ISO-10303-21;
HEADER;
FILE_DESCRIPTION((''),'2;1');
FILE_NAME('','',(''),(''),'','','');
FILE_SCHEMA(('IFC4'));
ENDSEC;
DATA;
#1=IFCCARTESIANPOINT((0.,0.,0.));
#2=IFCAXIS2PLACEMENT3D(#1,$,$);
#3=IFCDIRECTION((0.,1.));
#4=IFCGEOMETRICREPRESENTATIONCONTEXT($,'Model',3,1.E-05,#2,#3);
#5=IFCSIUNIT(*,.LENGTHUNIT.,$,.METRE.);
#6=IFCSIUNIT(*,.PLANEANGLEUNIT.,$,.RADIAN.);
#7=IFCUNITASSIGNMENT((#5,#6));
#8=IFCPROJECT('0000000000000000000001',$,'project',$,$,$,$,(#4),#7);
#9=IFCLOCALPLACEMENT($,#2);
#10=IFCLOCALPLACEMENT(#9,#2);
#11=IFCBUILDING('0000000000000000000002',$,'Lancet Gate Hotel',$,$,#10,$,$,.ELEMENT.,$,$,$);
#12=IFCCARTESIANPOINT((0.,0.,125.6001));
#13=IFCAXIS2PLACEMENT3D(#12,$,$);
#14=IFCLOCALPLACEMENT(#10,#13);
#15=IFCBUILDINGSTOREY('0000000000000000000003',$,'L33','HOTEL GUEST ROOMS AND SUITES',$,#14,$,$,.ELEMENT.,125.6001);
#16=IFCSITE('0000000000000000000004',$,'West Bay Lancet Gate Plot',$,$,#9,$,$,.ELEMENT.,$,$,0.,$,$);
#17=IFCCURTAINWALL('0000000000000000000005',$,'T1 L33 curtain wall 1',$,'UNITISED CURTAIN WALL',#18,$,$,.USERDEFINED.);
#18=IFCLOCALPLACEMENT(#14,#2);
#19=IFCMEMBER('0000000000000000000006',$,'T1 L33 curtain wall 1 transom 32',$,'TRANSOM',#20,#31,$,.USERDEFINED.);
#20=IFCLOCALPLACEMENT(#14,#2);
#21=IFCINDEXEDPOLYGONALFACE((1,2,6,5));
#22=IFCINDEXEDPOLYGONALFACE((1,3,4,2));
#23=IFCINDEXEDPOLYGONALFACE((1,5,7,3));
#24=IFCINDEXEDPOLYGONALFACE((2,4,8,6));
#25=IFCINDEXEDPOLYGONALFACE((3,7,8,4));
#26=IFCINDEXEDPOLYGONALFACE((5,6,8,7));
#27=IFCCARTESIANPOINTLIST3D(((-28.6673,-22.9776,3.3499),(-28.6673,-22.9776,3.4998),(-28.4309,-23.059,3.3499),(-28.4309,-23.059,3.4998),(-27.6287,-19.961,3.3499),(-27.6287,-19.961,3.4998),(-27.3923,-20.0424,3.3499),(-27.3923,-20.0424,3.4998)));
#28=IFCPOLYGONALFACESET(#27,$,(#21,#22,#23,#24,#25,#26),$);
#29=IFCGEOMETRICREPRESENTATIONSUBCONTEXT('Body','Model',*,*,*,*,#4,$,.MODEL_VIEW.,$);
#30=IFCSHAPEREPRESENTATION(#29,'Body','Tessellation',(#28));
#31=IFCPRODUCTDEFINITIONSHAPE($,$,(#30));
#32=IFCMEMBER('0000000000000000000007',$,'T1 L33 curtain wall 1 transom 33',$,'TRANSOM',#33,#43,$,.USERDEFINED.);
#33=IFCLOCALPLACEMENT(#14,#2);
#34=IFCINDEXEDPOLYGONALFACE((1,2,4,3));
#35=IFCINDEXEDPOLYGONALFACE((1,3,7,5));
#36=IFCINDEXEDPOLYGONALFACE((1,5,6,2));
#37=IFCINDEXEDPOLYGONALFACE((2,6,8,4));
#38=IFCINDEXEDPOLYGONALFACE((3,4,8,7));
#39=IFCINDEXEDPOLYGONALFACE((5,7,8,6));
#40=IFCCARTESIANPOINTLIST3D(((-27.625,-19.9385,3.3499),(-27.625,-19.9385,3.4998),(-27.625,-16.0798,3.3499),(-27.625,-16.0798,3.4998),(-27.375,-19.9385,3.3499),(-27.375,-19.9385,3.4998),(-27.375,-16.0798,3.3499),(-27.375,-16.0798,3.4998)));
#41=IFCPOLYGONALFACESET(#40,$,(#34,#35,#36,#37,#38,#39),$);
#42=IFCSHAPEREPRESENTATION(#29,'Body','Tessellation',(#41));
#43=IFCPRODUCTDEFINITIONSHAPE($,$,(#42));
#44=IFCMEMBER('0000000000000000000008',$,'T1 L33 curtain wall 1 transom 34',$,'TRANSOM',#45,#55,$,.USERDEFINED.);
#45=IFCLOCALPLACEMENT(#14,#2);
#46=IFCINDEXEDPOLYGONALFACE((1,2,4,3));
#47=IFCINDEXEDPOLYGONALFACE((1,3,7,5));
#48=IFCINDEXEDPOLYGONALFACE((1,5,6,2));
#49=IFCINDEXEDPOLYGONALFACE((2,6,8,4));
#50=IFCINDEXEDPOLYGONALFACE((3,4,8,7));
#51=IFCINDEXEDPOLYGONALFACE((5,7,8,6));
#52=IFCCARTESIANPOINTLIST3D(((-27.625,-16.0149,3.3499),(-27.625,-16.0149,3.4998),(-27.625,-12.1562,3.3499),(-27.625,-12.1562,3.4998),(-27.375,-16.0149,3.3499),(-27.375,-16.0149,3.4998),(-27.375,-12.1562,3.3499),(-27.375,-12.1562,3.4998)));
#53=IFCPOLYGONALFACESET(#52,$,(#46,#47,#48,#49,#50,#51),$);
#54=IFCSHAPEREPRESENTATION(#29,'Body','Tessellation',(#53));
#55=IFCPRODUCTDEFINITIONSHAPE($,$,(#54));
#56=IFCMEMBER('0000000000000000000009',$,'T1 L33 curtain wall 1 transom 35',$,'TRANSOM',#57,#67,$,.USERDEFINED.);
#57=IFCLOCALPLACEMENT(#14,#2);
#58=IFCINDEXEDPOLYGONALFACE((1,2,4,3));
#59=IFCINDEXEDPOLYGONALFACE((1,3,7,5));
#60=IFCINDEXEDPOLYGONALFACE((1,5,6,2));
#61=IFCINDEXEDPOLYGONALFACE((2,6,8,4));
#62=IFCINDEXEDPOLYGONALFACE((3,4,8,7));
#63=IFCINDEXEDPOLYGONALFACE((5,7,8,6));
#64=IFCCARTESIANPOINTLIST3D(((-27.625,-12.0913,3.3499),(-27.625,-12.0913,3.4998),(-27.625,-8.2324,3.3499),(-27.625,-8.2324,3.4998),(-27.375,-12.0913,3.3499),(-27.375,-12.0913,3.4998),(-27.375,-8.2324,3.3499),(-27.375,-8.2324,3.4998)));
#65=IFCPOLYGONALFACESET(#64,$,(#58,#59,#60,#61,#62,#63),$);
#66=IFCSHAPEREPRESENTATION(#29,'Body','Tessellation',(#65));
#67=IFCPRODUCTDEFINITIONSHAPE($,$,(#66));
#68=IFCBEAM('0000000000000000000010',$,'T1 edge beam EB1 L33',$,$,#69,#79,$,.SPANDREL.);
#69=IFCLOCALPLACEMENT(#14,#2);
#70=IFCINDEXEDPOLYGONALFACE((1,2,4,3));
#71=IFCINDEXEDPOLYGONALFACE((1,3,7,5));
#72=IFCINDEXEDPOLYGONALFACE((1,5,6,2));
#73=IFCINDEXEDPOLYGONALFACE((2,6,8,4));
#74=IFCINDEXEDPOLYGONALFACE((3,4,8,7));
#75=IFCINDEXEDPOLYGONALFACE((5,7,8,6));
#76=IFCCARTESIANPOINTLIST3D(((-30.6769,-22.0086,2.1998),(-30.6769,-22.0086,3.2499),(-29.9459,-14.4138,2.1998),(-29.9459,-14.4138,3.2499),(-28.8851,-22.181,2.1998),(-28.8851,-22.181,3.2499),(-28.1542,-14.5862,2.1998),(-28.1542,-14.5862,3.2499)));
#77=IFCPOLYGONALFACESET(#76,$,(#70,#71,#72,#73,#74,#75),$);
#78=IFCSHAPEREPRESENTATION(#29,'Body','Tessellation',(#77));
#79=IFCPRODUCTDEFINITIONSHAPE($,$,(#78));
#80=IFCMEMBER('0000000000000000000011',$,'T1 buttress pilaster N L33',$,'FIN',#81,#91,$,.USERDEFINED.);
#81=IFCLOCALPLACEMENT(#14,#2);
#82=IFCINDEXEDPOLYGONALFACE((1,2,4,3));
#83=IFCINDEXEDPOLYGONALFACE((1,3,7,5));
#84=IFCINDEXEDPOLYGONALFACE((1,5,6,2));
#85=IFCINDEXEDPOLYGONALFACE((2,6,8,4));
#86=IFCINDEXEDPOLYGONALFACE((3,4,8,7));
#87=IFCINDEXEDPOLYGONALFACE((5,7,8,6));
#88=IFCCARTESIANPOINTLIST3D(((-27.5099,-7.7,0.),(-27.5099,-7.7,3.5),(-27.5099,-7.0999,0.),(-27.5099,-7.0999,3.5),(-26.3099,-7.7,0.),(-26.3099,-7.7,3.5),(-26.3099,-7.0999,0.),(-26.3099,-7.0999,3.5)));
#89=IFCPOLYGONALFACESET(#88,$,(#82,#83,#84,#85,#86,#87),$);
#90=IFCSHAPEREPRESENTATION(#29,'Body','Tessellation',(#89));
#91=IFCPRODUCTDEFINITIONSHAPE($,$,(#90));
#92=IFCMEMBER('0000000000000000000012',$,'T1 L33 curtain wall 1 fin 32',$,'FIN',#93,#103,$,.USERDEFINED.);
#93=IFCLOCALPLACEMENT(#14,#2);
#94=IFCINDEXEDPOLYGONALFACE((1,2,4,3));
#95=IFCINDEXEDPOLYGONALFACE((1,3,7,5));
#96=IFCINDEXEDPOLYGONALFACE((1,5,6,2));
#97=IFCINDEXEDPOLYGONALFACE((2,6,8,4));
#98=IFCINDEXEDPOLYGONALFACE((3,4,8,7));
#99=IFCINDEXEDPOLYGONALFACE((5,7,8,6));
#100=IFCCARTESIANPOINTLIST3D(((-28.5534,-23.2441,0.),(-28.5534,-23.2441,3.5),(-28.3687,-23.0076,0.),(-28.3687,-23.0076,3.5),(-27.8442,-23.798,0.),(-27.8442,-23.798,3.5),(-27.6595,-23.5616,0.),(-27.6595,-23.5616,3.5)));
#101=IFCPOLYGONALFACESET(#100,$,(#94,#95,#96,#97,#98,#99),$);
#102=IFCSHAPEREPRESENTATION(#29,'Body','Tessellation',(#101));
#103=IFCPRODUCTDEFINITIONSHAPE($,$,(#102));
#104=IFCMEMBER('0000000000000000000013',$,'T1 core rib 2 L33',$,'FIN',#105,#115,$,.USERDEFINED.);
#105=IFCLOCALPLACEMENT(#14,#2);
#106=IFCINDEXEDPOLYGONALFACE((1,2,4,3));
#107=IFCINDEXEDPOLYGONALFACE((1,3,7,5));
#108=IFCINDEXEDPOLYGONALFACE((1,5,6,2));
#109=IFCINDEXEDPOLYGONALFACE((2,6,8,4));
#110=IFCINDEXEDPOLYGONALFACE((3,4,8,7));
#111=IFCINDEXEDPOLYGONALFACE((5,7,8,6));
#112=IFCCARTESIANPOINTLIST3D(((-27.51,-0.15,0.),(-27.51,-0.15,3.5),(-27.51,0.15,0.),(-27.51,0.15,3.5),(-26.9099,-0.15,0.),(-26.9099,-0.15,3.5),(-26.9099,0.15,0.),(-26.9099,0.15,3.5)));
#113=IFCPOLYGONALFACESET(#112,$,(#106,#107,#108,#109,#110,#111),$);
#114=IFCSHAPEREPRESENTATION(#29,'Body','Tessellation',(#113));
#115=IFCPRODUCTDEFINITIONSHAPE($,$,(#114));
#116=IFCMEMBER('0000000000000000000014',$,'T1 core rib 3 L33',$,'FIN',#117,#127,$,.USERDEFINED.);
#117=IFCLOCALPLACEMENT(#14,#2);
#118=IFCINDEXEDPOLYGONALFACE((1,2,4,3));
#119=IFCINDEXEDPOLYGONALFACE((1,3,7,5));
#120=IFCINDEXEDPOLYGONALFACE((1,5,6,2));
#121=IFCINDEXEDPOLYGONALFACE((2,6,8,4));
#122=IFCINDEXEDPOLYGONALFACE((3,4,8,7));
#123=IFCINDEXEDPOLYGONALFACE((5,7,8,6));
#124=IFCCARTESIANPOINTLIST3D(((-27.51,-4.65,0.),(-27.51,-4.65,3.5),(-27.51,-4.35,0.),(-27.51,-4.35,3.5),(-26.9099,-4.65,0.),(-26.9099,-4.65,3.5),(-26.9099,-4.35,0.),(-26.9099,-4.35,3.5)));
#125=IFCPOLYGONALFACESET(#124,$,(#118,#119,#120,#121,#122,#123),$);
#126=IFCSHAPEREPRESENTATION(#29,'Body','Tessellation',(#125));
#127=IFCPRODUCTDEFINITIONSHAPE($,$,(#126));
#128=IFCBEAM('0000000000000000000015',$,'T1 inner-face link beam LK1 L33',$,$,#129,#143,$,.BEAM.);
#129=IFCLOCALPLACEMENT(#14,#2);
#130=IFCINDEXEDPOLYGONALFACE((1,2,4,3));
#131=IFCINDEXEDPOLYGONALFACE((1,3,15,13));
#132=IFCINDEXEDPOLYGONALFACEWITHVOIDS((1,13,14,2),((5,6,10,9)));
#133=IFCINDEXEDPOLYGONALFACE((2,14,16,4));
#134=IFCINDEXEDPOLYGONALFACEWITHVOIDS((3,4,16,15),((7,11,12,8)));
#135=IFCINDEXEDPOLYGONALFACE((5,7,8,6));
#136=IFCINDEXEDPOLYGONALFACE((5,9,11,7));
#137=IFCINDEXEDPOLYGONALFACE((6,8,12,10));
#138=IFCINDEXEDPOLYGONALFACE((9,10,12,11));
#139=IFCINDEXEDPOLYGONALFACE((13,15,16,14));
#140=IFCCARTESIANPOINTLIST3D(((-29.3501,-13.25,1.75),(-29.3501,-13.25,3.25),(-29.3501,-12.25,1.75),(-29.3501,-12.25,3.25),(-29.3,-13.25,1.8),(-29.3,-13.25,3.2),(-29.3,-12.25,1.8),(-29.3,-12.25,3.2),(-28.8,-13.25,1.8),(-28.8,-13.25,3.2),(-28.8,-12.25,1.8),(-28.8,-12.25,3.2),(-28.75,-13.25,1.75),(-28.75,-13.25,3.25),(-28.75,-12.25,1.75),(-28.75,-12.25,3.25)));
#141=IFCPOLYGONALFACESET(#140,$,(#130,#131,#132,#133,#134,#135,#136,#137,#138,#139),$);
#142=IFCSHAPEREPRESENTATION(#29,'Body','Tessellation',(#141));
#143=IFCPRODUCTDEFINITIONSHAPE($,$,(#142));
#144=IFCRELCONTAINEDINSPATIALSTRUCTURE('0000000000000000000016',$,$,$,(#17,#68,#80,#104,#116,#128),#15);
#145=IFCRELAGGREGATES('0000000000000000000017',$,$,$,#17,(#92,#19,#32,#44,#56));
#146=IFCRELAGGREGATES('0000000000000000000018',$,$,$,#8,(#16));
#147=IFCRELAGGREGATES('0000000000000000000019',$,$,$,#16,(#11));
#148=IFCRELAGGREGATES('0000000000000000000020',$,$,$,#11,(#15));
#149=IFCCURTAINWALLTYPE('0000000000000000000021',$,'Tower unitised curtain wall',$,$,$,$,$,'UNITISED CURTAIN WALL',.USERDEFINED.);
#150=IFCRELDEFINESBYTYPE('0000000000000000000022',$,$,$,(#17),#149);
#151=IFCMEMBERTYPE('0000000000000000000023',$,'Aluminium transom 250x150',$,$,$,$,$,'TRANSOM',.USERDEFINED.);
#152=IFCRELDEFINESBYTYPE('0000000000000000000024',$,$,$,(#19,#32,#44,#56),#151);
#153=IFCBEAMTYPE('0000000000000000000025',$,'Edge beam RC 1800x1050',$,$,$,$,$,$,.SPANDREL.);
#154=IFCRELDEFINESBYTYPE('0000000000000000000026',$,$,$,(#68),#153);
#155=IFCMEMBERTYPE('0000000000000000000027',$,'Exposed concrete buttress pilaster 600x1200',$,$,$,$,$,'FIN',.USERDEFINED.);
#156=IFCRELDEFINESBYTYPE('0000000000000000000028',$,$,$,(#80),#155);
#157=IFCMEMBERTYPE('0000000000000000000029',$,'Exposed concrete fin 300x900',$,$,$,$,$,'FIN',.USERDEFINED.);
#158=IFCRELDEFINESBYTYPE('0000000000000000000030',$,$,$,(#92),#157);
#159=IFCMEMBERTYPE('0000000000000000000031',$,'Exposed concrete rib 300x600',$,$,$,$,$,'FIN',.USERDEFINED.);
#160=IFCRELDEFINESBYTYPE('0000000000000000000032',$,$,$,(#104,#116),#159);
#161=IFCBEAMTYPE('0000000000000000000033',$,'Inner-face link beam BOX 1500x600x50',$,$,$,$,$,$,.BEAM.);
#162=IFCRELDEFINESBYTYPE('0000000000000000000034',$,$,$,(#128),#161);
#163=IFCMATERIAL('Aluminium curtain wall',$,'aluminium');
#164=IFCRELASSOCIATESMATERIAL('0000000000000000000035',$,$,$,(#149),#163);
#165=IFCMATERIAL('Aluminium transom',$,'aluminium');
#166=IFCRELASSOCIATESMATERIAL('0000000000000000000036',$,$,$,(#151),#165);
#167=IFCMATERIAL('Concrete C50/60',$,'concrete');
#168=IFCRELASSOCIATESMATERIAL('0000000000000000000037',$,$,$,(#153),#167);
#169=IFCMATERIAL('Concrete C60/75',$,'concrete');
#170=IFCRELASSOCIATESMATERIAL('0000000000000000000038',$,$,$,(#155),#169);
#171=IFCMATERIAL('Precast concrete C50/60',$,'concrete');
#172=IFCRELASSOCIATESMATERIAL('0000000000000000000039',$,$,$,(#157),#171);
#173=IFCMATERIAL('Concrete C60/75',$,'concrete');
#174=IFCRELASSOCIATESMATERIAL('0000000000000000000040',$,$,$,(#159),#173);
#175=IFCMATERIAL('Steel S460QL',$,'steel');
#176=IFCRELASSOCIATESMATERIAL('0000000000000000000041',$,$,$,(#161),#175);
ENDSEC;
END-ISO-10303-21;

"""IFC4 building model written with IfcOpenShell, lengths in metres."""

from ifc_helpers import new_model, si_unit, direction, frame, origin, origin_2d, place, context, subcontext, project, spatial, rectangle, hollow_rectangle, extrude, material, material_profile, profile_set, type_object, element, aggregate, save


model = new_model("IFC4")

# Units and contexts
model_context = context("Model", 3, precision=1e-05, world=origin(), true_north=direction((0.0, 1.0)))
body_context = subcontext(model_context, "Body", "Model", "MODEL_VIEW")
ifc_project = project(units=[si_unit("LENGTHUNIT", "METRE"), si_unit("PLANEANGLEUNIT", "RADIAN")], contexts=[model_context])

# Site, building, storey
site_placement = place(None, origin())
site = spatial("IfcSite", under=ifc_project, at=site_placement, Name="West Bay Lancet Gate Plot", CompositionType="ELEMENT", RefElevation=0.0)
building_placement = place(site_placement, origin())
building = spatial("IfcBuilding", under=site, at=building_placement, Name="Lancet Gate Hotel", CompositionType="ELEMENT")
storey_placement = place(building_placement, frame((0.0, 0.0, 125.6001)))
storey = spatial("IfcBuildingStorey", under=building, at=storey_placement, Name="L33", Description="HOTEL GUEST ROOMS AND SUITES", CompositionType="ELEMENT", Elevation=125.6001)

# Curtain wall, members
ifc_material_1 = material(Name="Aluminium curtain wall", Category="aluminium")
curtain_wall_type = type_object("IfcCurtainWallType", Name="Tower unitised curtain wall", ElementType="UNITISED CURTAIN WALL", PredefinedType="USERDEFINED", material=ifc_material_1)
curtain_wall_placement = place(storey_placement, origin())
curtain_wall = element("IfcCurtainWall", 1, at=curtain_wall_placement, inside=storey, type_object=curtain_wall_type, Name="T1 L33 curtain wall 1", ObjectType="UNITISED CURTAIN WALL", PredefinedType="USERDEFINED")
ifc_material_2 = material(Name="Aluminium transom", Category="aluminium")
ifc_material_profile_1 = material_profile(ifc_material_2, rectangle(XDim=0.25, YDim=0.1499, at=origin_2d()), Name="TRANSOM 250x150")
ifc_profile_set_1 = profile_set([ifc_material_profile_1], Name="Aluminium transom")
member_type_1 = type_object("IfcMemberType", Name="Aluminium transom 250x150", ElementType="TRANSOM", PredefinedType="USERDEFINED", material=ifc_profile_set_1)
member_1_placement = place(storey_placement, frame((-28.5491, -23.0183, 3.4248), z_axis=(0.325533, 0.945531, 0.0), x_axis=(-0.945531, 0.325533, 0.0)))
member_1 = element("IfcMember", 2, at=member_1_placement, type_object=member_type_1, Name="T1 L33 curtain wall 1 transom 32", ObjectType="TRANSOM", PredefinedType="USERDEFINED", context=body_context, shape_type="SweptSolid", body=[
    extrude(rectangle(XDim=0.25, YDim=0.1499, at=origin_2d()), origin(), (0.0, 0.0, 1.0), 3.1904),
])
member_2_placement = place(storey_placement, frame((-27.5, -19.9385, 3.4248), z_axis=(0.0, 1.0, 0.0), x_axis=(-1.0, 0.0, 0.0)))
member_2 = element("IfcMember", 3, at=member_2_placement, type_object=member_type_1, Name="T1 L33 curtain wall 1 transom 33", ObjectType="TRANSOM", PredefinedType="USERDEFINED", context=body_context, shape_type="SweptSolid", body=[
    extrude(rectangle(XDim=0.25, YDim=0.1499, at=origin_2d()), origin(), (0.0, 0.0, 1.0), 3.8586),
])
member_3_placement = place(storey_placement, frame((-27.5, -16.0149, 3.4248), z_axis=(0.0, 1.0, 0.0), x_axis=(-1.0, 0.0, 0.0)))
member_3 = element("IfcMember", 4, at=member_3_placement, type_object=member_type_1, Name="T1 L33 curtain wall 1 transom 34", ObjectType="TRANSOM", PredefinedType="USERDEFINED", context=body_context, shape_type="SweptSolid", body=[
    extrude(rectangle(XDim=0.25, YDim=0.1499, at=origin_2d()), origin(), (0.0, 0.0, 1.0), 3.8586),
])
member_4_placement = place(storey_placement, frame((-27.5, -12.0913, 3.4248), z_axis=(0.0, 1.0, 0.0), x_axis=(-1.0, 0.0, 0.0)))
member_4 = element("IfcMember", 5, at=member_4_placement, type_object=member_type_1, Name="T1 L33 curtain wall 1 transom 35", ObjectType="TRANSOM", PredefinedType="USERDEFINED", context=body_context, shape_type="SweptSolid", body=[
    extrude(rectangle(XDim=0.25, YDim=0.1499, at=origin_2d()), origin(), (0.0, 0.0, 1.0), 3.8589),
])

# Beam
ifc_material_3 = material(Name="Concrete C50/60", Category="concrete")
ifc_material_profile_2 = material_profile(ifc_material_3, rectangle(XDim=1.8, YDim=1.05, at=origin_2d()), Name="RC 1800x1050")
ifc_profile_set_2 = profile_set([ifc_material_profile_2], Name="Concrete C50/60")
beam_type_1 = type_object("IfcBeamType", Name="Edge beam RC 1800x1050", PredefinedType="SPANDREL", material=ifc_profile_set_2)
beam_1_placement = place(storey_placement, frame((-29.05, -14.5, 2.7249), z_axis=(-0.095803, -0.9954, 0.0), x_axis=(0.9954, -0.095803, 0.0)))
element("IfcBeam", 6, at=beam_1_placement, inside=storey, type_object=beam_type_1, Name="T1 edge beam EB1 L33", PredefinedType="SPANDREL", context=body_context, shape_type="SweptSolid", body=[
    extrude(rectangle(XDim=1.8, YDim=1.05, at=origin_2d()), origin(), (0.0, 0.0, 1.0), 7.6299),
])

# Members
ifc_material_4 = material(Name="Concrete C60/75", Category="concrete")
ifc_material_profile_3 = material_profile(ifc_material_4, rectangle(XDim=0.6001, YDim=1.2, at=origin_2d()), Name="FIN 600x1200")
ifc_profile_set_3 = profile_set([ifc_material_profile_3], Name="Concrete C60/75")
member_type_2 = type_object("IfcMemberType", Name="Exposed concrete buttress pilaster 600x1200", ElementType="FIN", PredefinedType="USERDEFINED", material=ifc_profile_set_3)
member_5_placement = place(storey_placement, frame((-26.9099, -7.3999, 0.0), z_axis=(0.0, 0.0, 1.0), x_axis=(0.0, 1.0, 0.0)))
element("IfcMember", 7, at=member_5_placement, inside=storey, type_object=member_type_2, Name="T1 buttress pilaster N L33", ObjectType="FIN", PredefinedType="USERDEFINED", context=body_context, shape_type="SweptSolid", body=[
    extrude(rectangle(XDim=0.6001, YDim=1.2, at=origin_2d()), origin(), (0.0, 0.0, 1.0), 3.5),
])
ifc_material_5 = material(Name="Precast concrete C50/60", Category="concrete")
ifc_material_profile_4 = material_profile(ifc_material_5, rectangle(XDim=0.3, YDim=0.8999, at=origin_2d()), Name="FIN 300x900")
ifc_profile_set_4 = profile_set([ifc_material_profile_4], Name="Precast concrete C50/60")
member_type_3 = type_object("IfcMemberType", Name="Exposed concrete fin 300x900", ElementType="FIN", PredefinedType="USERDEFINED", material=ifc_profile_set_4)
member_6_placement = place(storey_placement, frame((-28.1064, -23.4028, 0.0), z_axis=(0.0, 0.0, 1.0), x_axis=(0.615574, 0.788079, 0.0)))
member_6 = element("IfcMember", 8, at=member_6_placement, type_object=member_type_3, Name="T1 L33 curtain wall 1 fin 32", ObjectType="FIN", PredefinedType="USERDEFINED", context=body_context, shape_type="SweptSolid", body=[
    extrude(rectangle(XDim=0.3, YDim=0.8999, at=origin_2d()), origin(), (0.0, 0.0, 1.0), 3.5),
])

# Members
ifc_material_6 = material(Name="Concrete C60/75", Category="concrete")
ifc_material_profile_5 = material_profile(ifc_material_6, rectangle(XDim=0.3, YDim=0.6001, at=origin_2d()), Name="FIN 300x600")
ifc_profile_set_5 = profile_set([ifc_material_profile_5], Name="Concrete C60/75")
member_type_4 = type_object("IfcMemberType", Name="Exposed concrete rib 300x600", ElementType="FIN", PredefinedType="USERDEFINED", material=ifc_profile_set_5)
for number, where, z_axis, x_axis, name in (
    (9, (-27.21, 0.0, 0.0), (0.0, 0.0, 1.0), (0.0, 1.0, 0.0), "T1 core rib 2 L33"),
    (10, (-27.21, -4.5, 0.0), (0.0, 0.0, 1.0), (0.0, 1.0, 0.0), "T1 core rib 3 L33"),
):
    element("IfcMember", number, at=place(storey_placement, frame(where, z_axis=z_axis, x_axis=x_axis)), inside=storey, type_object=member_type_4, Name=name, ObjectType="FIN", PredefinedType="USERDEFINED", context=body_context, shape_type="SweptSolid", body=[
        extrude(rectangle(XDim=0.3, YDim=0.6001, at=origin_2d()), origin(), (0.0, 0.0, 1.0), 3.5),
    ])

# Beam
ifc_material_7 = material(Name="Steel S460QL", Category="steel")
ifc_material_profile_6 = material_profile(ifc_material_7, hollow_rectangle(XDim=0.6001, YDim=1.5, WallThickness=0.05, at=origin_2d()), Name="BOX 1500x600x50")
ifc_profile_set_6 = profile_set([ifc_material_profile_6], Name="Steel S460QL")
beam_type_2 = type_object("IfcBeamType", Name="Inner-face link beam BOX 1500x600x50", PredefinedType="BEAM", material=ifc_profile_set_6)
beam_2_placement = place(storey_placement, frame((-29.05, -12.25, 2.5), z_axis=(0.0, -1.0, 0.0), x_axis=(1.0, 0.0, 0.0)))
element("IfcBeam", 11, at=beam_2_placement, inside=storey, type_object=beam_type_2, Name="T1 inner-face link beam LK1 L33", PredefinedType="BEAM", context=body_context, shape_type="SweptSolid", body=[
    extrude(hollow_rectangle(XDim=0.6001, YDim=1.5, WallThickness=0.05, at=origin_2d()), origin(), (0.0, 0.0, 1.0), 1.0),
])

aggregate(curtain_wall, [member_6, member_1, member_2, member_3, member_4])

save(model, "model.ifc")
